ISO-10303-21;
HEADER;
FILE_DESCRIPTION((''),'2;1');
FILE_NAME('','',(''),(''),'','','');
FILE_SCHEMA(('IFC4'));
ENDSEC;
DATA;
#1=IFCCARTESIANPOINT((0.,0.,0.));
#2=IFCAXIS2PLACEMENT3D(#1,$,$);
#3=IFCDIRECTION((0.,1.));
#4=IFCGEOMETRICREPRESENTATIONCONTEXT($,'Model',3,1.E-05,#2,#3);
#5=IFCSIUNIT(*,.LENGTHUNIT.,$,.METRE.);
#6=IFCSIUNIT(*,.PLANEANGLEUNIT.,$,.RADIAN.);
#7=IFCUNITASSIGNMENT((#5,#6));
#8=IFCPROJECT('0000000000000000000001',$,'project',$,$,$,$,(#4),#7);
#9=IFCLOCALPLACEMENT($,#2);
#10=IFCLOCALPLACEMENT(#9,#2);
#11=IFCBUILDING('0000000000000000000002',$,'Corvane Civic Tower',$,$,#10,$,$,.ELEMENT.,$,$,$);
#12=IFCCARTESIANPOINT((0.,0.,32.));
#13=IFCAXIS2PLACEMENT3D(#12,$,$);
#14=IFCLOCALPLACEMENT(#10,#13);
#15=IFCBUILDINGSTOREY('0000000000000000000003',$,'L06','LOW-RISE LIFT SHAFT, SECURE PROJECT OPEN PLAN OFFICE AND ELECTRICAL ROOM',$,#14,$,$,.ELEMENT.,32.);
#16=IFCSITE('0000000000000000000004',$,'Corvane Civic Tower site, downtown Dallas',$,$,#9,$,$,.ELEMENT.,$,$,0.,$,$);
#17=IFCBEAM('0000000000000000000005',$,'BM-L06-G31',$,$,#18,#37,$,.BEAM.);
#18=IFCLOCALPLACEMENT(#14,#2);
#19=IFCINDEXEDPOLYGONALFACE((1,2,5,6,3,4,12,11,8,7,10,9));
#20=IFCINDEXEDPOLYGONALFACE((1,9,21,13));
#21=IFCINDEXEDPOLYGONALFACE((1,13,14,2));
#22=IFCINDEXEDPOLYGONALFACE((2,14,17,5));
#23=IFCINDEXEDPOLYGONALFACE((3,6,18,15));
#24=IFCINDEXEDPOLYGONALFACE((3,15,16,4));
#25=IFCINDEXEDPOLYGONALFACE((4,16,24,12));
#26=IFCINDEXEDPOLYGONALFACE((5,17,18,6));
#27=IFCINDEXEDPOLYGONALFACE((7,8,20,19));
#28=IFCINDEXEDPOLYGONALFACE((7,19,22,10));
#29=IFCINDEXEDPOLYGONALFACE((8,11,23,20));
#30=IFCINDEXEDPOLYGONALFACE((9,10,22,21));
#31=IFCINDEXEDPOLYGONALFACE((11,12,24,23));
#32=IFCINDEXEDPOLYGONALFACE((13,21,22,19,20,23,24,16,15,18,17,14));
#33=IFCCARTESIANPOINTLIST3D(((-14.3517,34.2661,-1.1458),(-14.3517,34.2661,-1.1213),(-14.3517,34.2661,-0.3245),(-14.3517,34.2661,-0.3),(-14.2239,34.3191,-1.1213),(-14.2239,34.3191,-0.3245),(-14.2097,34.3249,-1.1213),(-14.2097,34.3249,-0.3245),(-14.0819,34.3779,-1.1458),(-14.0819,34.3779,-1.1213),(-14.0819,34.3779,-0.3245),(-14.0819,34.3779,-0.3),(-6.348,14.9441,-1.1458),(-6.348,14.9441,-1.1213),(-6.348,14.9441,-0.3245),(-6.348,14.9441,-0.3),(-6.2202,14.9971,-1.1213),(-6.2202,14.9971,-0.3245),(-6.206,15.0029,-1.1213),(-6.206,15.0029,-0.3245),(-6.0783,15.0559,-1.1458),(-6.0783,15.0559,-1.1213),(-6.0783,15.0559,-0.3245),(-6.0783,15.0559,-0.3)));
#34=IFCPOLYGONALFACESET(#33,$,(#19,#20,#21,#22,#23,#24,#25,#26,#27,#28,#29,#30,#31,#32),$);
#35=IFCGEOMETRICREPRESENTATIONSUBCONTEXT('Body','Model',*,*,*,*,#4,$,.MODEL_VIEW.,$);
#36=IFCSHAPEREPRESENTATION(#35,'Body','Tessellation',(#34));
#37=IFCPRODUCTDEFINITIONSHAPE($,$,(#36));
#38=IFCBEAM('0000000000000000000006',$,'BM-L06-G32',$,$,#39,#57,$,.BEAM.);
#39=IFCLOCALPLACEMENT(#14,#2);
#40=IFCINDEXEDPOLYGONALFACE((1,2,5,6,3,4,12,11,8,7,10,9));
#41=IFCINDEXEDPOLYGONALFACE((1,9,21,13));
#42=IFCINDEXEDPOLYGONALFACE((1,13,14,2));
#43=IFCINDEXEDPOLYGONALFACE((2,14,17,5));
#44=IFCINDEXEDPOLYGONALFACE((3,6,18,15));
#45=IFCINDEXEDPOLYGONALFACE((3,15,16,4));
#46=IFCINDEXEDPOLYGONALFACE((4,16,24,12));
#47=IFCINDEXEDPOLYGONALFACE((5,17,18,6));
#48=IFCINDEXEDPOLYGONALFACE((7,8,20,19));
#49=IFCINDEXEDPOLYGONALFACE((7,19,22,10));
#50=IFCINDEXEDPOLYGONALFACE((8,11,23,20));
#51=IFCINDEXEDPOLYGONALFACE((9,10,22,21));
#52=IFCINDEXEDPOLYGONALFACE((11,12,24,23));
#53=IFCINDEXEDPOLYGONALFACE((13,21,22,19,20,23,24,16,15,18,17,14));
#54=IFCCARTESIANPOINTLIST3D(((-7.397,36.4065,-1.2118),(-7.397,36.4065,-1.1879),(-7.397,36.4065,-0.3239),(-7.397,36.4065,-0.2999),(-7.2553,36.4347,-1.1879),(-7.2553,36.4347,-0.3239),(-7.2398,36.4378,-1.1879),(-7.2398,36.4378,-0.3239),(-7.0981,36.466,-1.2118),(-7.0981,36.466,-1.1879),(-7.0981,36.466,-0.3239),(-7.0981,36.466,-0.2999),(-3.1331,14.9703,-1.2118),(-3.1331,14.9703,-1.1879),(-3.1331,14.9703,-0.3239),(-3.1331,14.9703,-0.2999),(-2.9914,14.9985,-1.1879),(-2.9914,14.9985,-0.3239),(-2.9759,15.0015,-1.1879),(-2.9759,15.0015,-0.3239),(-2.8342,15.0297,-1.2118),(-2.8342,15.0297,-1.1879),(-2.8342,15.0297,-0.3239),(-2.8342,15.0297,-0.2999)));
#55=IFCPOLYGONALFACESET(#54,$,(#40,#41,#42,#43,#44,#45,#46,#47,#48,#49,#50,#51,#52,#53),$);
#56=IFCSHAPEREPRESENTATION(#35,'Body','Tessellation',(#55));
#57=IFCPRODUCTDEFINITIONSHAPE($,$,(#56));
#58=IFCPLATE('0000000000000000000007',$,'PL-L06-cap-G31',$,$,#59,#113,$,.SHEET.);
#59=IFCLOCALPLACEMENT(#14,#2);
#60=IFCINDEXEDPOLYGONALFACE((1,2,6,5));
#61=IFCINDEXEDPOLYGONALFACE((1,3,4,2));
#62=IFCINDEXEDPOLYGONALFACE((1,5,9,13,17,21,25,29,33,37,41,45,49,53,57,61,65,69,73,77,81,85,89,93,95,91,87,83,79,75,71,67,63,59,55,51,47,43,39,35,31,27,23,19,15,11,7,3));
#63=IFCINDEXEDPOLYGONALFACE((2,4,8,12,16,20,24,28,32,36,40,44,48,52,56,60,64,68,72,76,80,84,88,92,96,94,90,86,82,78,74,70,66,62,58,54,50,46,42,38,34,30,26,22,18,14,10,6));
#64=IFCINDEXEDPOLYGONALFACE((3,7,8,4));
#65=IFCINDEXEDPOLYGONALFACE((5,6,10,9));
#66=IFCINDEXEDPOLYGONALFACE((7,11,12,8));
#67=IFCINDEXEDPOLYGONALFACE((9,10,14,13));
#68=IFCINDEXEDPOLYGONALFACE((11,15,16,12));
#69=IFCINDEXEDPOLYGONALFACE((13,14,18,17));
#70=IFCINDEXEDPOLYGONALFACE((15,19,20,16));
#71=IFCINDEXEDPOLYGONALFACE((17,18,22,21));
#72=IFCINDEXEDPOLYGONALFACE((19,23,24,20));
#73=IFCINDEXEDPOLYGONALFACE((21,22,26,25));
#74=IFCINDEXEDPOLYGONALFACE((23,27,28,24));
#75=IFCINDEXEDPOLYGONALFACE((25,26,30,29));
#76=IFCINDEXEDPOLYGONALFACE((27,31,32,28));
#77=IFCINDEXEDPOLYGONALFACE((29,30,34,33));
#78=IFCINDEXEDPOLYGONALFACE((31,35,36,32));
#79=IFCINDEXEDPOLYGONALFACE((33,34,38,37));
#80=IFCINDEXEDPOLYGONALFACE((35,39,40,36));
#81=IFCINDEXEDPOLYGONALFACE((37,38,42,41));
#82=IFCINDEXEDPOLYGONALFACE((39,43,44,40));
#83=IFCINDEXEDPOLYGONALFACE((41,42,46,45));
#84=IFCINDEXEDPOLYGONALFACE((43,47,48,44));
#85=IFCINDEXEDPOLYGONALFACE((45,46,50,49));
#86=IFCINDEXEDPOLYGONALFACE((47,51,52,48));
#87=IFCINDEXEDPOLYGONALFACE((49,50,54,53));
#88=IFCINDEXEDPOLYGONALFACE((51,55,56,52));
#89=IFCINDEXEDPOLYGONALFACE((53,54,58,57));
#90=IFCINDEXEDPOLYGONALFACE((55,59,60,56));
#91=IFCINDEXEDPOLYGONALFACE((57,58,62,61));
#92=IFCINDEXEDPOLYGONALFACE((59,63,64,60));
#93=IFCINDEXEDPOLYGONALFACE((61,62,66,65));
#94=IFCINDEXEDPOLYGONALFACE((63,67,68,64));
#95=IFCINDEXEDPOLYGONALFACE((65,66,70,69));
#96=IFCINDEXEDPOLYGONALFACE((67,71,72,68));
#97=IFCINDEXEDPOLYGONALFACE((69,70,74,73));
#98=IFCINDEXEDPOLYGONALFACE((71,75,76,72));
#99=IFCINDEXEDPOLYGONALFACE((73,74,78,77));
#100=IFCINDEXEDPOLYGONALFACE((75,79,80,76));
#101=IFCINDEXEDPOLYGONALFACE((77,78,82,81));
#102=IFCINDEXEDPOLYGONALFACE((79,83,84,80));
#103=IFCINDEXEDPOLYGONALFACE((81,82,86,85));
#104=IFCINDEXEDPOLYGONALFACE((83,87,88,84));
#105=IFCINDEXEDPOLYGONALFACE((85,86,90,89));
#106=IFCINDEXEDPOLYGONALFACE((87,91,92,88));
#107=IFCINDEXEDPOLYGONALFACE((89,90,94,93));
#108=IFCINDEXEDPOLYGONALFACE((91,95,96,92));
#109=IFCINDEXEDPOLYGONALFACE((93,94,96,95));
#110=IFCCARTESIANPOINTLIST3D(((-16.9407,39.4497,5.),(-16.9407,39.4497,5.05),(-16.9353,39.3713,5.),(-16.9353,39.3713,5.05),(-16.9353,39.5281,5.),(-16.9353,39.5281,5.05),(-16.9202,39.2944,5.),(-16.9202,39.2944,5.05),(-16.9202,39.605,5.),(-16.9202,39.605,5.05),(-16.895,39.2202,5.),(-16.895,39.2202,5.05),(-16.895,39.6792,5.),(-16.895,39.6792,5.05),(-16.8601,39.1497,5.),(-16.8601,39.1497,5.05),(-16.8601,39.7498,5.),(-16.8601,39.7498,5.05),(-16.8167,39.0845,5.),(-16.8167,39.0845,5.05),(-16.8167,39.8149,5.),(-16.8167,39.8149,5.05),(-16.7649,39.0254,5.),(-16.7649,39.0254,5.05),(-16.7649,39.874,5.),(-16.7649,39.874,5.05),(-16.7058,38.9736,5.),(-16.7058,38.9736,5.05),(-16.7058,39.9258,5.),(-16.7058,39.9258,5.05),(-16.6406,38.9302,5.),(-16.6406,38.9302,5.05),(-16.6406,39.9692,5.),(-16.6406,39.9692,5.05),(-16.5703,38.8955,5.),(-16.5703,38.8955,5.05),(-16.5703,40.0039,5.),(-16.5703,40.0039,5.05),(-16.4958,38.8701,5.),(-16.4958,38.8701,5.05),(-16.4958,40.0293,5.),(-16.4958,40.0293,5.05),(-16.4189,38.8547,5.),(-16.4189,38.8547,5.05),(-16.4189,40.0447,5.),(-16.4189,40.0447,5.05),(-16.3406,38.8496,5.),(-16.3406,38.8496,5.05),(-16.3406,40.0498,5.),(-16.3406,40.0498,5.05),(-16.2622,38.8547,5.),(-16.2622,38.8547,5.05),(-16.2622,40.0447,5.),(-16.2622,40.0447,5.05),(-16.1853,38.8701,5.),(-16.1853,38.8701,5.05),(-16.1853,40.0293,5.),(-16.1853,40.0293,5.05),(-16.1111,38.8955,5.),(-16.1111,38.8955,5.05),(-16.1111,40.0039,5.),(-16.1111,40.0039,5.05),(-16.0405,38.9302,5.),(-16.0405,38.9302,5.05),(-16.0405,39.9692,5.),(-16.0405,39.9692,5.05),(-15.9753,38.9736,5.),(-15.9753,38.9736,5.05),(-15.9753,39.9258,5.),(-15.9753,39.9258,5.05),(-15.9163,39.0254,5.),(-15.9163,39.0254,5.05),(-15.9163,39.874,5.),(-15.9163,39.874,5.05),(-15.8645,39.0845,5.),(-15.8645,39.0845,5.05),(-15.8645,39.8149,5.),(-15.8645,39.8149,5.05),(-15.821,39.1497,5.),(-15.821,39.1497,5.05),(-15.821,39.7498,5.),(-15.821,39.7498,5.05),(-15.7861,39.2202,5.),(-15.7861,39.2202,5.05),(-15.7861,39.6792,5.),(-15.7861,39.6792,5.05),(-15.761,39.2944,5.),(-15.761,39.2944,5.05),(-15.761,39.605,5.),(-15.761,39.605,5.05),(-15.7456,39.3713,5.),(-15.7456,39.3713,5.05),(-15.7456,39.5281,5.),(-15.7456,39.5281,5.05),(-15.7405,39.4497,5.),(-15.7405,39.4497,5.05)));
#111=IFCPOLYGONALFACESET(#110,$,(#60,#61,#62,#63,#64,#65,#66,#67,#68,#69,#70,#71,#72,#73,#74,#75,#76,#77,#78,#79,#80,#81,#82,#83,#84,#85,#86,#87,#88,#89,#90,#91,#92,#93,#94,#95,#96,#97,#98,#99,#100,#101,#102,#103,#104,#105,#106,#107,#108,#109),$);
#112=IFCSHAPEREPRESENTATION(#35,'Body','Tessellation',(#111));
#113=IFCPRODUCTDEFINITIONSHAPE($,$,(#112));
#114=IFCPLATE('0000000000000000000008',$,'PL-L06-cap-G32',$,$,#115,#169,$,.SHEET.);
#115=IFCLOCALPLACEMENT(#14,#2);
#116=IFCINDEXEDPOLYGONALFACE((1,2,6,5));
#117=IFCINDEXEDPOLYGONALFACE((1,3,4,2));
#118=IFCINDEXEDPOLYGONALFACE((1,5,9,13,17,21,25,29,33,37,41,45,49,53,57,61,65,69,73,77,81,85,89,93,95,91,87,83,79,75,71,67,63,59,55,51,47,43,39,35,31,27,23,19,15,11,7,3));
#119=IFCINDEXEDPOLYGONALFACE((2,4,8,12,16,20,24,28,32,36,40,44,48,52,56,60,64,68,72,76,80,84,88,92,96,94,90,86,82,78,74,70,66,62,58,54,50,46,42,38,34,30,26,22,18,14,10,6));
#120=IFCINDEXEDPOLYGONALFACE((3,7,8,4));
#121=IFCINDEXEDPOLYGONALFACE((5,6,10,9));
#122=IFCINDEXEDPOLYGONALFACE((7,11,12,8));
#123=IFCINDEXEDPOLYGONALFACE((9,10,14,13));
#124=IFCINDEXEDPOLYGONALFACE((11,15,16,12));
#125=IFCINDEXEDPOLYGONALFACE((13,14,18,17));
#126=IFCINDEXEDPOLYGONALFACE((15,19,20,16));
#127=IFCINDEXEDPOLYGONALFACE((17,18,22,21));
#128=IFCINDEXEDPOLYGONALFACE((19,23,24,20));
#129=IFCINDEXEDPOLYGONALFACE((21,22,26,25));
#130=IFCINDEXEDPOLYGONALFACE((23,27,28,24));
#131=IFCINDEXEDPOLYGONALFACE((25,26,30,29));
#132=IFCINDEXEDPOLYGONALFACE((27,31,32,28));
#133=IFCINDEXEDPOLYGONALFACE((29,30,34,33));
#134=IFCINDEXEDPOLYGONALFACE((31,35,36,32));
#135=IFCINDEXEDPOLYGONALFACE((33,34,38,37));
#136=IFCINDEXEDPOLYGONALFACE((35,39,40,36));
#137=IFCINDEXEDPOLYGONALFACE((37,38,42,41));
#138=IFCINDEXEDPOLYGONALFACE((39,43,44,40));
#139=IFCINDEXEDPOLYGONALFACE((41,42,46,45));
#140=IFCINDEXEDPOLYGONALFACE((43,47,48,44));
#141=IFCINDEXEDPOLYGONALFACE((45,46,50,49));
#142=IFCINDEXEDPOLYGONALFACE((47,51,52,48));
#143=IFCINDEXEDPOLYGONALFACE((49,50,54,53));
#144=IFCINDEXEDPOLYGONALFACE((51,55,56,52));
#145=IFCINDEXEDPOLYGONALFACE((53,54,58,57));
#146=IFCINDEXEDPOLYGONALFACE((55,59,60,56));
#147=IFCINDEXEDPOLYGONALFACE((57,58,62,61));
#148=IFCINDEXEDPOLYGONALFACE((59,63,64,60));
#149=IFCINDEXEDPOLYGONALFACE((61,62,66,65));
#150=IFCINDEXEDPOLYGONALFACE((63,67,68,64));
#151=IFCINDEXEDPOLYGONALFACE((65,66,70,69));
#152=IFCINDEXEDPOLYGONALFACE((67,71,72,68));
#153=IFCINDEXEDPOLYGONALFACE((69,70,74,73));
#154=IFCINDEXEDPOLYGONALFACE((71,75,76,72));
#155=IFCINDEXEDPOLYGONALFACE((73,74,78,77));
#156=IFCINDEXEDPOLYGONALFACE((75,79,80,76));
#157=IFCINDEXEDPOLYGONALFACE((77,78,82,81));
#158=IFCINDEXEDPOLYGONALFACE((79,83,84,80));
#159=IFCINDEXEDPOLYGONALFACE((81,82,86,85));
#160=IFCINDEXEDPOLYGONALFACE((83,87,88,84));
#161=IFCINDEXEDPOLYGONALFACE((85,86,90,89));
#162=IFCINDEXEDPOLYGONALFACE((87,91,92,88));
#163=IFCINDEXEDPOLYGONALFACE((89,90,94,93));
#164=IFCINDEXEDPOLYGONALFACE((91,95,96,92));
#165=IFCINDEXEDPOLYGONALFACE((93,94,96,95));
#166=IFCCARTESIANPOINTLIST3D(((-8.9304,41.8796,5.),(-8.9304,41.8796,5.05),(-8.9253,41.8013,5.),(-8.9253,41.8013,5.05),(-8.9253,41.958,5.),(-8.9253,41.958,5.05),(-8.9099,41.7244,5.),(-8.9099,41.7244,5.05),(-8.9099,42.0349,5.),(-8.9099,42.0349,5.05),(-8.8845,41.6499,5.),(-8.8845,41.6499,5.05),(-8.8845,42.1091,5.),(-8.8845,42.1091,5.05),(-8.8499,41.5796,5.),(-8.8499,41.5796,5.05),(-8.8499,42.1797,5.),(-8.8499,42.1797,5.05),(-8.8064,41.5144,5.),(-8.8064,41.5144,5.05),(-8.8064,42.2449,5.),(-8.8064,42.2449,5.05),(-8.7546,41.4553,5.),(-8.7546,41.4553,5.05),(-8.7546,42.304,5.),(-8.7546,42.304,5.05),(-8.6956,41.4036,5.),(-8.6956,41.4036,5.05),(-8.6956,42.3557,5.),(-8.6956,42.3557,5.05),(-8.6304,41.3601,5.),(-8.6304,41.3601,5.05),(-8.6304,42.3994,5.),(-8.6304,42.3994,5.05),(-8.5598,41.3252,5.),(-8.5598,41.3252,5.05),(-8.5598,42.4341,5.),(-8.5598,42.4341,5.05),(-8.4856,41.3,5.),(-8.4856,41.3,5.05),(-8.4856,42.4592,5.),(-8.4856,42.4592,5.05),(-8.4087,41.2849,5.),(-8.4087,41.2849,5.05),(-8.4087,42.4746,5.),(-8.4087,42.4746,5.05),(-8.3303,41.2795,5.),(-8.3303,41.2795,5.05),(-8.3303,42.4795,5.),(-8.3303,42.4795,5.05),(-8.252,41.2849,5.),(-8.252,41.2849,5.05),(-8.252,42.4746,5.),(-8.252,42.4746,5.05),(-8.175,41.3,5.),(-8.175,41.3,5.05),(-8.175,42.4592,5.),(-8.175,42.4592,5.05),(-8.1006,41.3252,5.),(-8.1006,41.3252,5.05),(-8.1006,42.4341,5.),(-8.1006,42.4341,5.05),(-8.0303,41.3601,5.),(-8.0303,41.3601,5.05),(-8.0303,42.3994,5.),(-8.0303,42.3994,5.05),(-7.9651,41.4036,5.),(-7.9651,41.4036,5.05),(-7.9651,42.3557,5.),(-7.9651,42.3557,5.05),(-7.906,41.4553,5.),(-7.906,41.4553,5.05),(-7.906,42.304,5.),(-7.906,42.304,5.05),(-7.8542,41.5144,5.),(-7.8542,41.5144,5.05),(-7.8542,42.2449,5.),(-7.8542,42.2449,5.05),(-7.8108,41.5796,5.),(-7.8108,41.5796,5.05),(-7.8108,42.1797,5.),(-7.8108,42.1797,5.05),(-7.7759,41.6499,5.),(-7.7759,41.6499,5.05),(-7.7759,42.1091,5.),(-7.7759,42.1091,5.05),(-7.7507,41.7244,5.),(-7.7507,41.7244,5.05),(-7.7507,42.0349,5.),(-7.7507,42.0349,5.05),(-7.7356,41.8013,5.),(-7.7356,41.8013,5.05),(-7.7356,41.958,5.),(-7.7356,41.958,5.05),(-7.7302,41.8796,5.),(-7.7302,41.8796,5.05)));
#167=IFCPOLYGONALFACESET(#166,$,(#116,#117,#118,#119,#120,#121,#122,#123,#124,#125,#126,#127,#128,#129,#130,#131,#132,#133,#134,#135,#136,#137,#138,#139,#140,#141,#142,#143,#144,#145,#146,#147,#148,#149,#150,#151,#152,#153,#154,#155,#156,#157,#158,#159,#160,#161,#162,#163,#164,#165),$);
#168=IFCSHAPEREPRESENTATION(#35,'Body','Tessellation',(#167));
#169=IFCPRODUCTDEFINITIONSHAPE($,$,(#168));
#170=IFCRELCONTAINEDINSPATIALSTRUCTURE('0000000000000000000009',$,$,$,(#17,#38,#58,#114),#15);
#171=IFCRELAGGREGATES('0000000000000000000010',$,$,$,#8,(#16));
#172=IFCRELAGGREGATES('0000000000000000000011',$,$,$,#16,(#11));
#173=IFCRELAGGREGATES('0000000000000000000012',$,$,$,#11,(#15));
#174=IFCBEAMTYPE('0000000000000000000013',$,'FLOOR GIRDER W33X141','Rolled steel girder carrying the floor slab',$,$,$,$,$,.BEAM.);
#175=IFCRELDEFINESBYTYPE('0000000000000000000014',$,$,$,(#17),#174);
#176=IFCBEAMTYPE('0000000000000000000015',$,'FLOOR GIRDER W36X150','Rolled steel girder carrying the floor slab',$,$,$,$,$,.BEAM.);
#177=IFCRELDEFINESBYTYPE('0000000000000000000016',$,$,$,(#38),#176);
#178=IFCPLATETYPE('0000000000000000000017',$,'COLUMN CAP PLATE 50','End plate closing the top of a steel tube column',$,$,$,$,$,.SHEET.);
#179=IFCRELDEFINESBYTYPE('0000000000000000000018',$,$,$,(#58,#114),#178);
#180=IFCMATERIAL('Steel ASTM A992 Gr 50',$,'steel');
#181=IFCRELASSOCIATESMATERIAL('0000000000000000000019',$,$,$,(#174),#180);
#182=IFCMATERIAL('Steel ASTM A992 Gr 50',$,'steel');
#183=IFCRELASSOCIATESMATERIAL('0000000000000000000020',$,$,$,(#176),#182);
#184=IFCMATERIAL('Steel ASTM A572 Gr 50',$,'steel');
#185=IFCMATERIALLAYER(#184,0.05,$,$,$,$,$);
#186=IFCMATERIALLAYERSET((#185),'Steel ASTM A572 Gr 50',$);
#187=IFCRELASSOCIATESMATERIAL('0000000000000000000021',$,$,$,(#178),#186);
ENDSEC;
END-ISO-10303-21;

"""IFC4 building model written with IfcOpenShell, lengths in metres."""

from ifc_helpers import new_model, si_unit, direction, frame, origin, origin_2d, place, context, subcontext, project, spatial, polyline, i_section, outline, extrude, material, layer, layer_set, material_profile, profile_set, type_object, element, save


model = new_model("IFC4")

# Units and contexts
model_context = context("Model", 3, precision=1e-05, world=origin(), true_north=direction((0.0, 1.0)))
body_context = subcontext(model_context, "Body", "Model", "MODEL_VIEW")
ifc_project = project(units=[si_unit("LENGTHUNIT", "METRE"), si_unit("PLANEANGLEUNIT", "RADIAN")], contexts=[model_context])

# Site, building, storey
site_placement = place(None, origin())
site = spatial("IfcSite", under=ifc_project, at=site_placement, Name="Corvane Civic Tower site, downtown Dallas", CompositionType="ELEMENT", RefElevation=0.0)
building_placement = place(site_placement, origin())
building = spatial("IfcBuilding", under=site, at=building_placement, Name="Corvane Civic Tower", CompositionType="ELEMENT")
storey_placement = place(building_placement, frame((0.0, 0.0, 32.0)))
storey = spatial("IfcBuildingStorey", under=building, at=storey_placement, Name="L06", Description="LOW-RISE LIFT SHAFT, SECURE PROJECT OPEN PLAN OFFICE AND ELECTRICAL ROOM", CompositionType="ELEMENT", Elevation=32.0)

# Beams
ifc_material_1 = material(Name="Steel ASTM A992 Gr 50", Category="steel")
ifc_material_profile_1 = material_profile(ifc_material_1, i_section(OverallWidth=0.292, OverallDepth=0.8457, WebThickness=0.0154, FlangeThickness=0.0244, at=origin_2d()), Name="W33X141")
ifc_profile_set_1 = profile_set([ifc_material_profile_1], Name="Steel ASTM A992 Gr 50")
beam_type_1 = type_object("IfcBeamType", Name="FLOOR GIRDER W33X141", Description="Rolled steel girder carrying the floor slab", PredefinedType="BEAM", material=ifc_profile_set_1)
beam_1_placement = place(storey_placement, frame((-6.2131, 15.0, -0.7229), z_axis=(-0.382692, 0.923876, 0.0), x_axis=(-0.923876, -0.382692, 0.0)))
element("IfcBeam", 1, at=beam_1_placement, inside=storey, type_object=beam_type_1, Name="BM-L06-G31", PredefinedType="BEAM", context=body_context, shape_type="SweptSolid", body=[
    extrude(i_section(OverallWidth=0.292, OverallDepth=0.8457, WebThickness=0.0154, FlangeThickness=0.0244, at=origin_2d()), origin(), (0.0, 0.0, 1.0), 20.9141),
])
ifc_material_2 = material(Name="Steel ASTM A992 Gr 50", Category="steel")
ifc_material_profile_2 = material_profile(ifc_material_2, i_section(OverallWidth=0.3047, OverallDepth=0.9119, WebThickness=0.0159, FlangeThickness=0.0239, at=origin_2d()), Name="W36X150")
ifc_profile_set_2 = profile_set([ifc_material_profile_2], Name="Steel ASTM A992 Gr 50")
beam_type_2 = type_object("IfcBeamType", Name="FLOOR GIRDER W36X150", Description="Rolled steel girder carrying the floor slab", PredefinedType="BEAM", material=ifc_profile_set_2)
beam_2_placement = place(storey_placement, frame((-2.9836, 15.0, -0.7559), z_axis=(-0.195089, 0.980785, 0.0), x_axis=(-0.980785, -0.195089, 0.0)))
element("IfcBeam", 2, at=beam_2_placement, inside=storey, type_object=beam_type_2, Name="BM-L06-G32", PredefinedType="BEAM", context=body_context, shape_type="SweptSolid", body=[
    extrude(i_section(OverallWidth=0.3047, OverallDepth=0.9119, WebThickness=0.0159, FlangeThickness=0.0239, at=origin_2d()), origin(), (0.0, 0.0, 1.0), 21.8562),
])

# Plates
ifc_material_3 = material(Name="Steel ASTM A572 Gr 50", Category="steel")
ifc_layer_1 = layer(ifc_material_3, 0.05)
ifc_layer_set_1 = layer_set([ifc_layer_1], Name="Steel ASTM A572 Gr 50")
plate_type = type_object("IfcPlateType", Name="COLUMN CAP PLATE 50", Description="End plate closing the top of a steel tube column", PredefinedType="SHEET", material=ifc_layer_set_1)
plate_1_placement = place(storey_placement, frame((0.0, 0.0, 5.0)))
element("IfcPlate", 3, at=plate_1_placement, inside=storey, type_object=plate_type, Name="PL-L06-cap-G31", PredefinedType="SHEET", context=body_context, shape_type="SweptSolid", body=[
    extrude(outline(polyline([(-15.7405, 39.4497), (-15.7456, 39.5281), (-15.761, 39.605), (-15.7861, 39.6792), (-15.821, 39.7498), (-15.8645, 39.8149), (-15.9163, 39.874), (-15.9753, 39.9258), (-16.0405, 39.9692), (-16.1111, 40.0039), (-16.1853, 40.0293), (-16.2622, 40.0447), (-16.3406, 40.0498), (-16.4189, 40.0447), (-16.4958, 40.0293), (-16.5703, 40.0039), (-16.6406, 39.9692), (-16.7058, 39.9258), (-16.7649, 39.874), (-16.8167, 39.8149), (-16.8601, 39.7498), (-16.895, 39.6792), (-16.9202, 39.605), (-16.9353, 39.5281), (-16.9407, 39.4497), (-16.9353, 39.3713), (-16.9202, 39.2944), (-16.895, 39.2202), (-16.8601, 39.1497), (-16.8167, 39.0845), (-16.7649, 39.0254), (-16.7058, 38.9736), (-16.6406, 38.9302), (-16.5703, 38.8955), (-16.4958, 38.8701), (-16.4189, 38.8547), (-16.3406, 38.8496), (-16.2622, 38.8547), (-16.1853, 38.8701), (-16.1111, 38.8955), (-16.0405, 38.9302), (-15.9753, 38.9736), (-15.9163, 39.0254), (-15.8645, 39.0845), (-15.821, 39.1497), (-15.7861, 39.2202), (-15.761, 39.2944), (-15.7456, 39.3713), (-15.7405, 39.4497)])), origin(), (0.0, 0.0, 1.0), 0.05),
])
plate_2_placement = place(storey_placement, frame((0.0, 0.0, 5.0)))
element("IfcPlate", 4, at=plate_2_placement, inside=storey, type_object=plate_type, Name="PL-L06-cap-G32", PredefinedType="SHEET", context=body_context, shape_type="SweptSolid", body=[
    extrude(outline(polyline([(-7.7302, 41.8796), (-7.7356, 41.958), (-7.7507, 42.0349), (-7.7759, 42.1091), (-7.8108, 42.1797), (-7.8542, 42.2449), (-7.906, 42.304), (-7.9651, 42.3557), (-8.0303, 42.3994), (-8.1006, 42.4341), (-8.175, 42.4592), (-8.252, 42.4746), (-8.3303, 42.4795), (-8.4087, 42.4746), (-8.4856, 42.4592), (-8.5598, 42.4341), (-8.6304, 42.3994), (-8.6956, 42.3557), (-8.7546, 42.304), (-8.8064, 42.2449), (-8.8499, 42.1797), (-8.8845, 42.1091), (-8.9099, 42.0349), (-8.9253, 41.958), (-8.9304, 41.8796), (-8.9253, 41.8013), (-8.9099, 41.7244), (-8.8845, 41.6499), (-8.8499, 41.5796), (-8.8064, 41.5144), (-8.7546, 41.4553), (-8.6956, 41.4036), (-8.6304, 41.3601), (-8.5598, 41.3252), (-8.4856, 41.3), (-8.4087, 41.2849), (-8.3303, 41.2795), (-8.252, 41.2849), (-8.175, 41.3), (-8.1006, 41.3252), (-8.0303, 41.3601), (-7.9651, 41.4036), (-7.906, 41.4553), (-7.8542, 41.5144), (-7.8108, 41.5796), (-7.7759, 41.6499), (-7.7507, 41.7244), (-7.7356, 41.8013), (-7.7302, 41.8796)])), origin(), (0.0, 0.0, 1.0), 0.05),
])

save(model, "model.ifc")
